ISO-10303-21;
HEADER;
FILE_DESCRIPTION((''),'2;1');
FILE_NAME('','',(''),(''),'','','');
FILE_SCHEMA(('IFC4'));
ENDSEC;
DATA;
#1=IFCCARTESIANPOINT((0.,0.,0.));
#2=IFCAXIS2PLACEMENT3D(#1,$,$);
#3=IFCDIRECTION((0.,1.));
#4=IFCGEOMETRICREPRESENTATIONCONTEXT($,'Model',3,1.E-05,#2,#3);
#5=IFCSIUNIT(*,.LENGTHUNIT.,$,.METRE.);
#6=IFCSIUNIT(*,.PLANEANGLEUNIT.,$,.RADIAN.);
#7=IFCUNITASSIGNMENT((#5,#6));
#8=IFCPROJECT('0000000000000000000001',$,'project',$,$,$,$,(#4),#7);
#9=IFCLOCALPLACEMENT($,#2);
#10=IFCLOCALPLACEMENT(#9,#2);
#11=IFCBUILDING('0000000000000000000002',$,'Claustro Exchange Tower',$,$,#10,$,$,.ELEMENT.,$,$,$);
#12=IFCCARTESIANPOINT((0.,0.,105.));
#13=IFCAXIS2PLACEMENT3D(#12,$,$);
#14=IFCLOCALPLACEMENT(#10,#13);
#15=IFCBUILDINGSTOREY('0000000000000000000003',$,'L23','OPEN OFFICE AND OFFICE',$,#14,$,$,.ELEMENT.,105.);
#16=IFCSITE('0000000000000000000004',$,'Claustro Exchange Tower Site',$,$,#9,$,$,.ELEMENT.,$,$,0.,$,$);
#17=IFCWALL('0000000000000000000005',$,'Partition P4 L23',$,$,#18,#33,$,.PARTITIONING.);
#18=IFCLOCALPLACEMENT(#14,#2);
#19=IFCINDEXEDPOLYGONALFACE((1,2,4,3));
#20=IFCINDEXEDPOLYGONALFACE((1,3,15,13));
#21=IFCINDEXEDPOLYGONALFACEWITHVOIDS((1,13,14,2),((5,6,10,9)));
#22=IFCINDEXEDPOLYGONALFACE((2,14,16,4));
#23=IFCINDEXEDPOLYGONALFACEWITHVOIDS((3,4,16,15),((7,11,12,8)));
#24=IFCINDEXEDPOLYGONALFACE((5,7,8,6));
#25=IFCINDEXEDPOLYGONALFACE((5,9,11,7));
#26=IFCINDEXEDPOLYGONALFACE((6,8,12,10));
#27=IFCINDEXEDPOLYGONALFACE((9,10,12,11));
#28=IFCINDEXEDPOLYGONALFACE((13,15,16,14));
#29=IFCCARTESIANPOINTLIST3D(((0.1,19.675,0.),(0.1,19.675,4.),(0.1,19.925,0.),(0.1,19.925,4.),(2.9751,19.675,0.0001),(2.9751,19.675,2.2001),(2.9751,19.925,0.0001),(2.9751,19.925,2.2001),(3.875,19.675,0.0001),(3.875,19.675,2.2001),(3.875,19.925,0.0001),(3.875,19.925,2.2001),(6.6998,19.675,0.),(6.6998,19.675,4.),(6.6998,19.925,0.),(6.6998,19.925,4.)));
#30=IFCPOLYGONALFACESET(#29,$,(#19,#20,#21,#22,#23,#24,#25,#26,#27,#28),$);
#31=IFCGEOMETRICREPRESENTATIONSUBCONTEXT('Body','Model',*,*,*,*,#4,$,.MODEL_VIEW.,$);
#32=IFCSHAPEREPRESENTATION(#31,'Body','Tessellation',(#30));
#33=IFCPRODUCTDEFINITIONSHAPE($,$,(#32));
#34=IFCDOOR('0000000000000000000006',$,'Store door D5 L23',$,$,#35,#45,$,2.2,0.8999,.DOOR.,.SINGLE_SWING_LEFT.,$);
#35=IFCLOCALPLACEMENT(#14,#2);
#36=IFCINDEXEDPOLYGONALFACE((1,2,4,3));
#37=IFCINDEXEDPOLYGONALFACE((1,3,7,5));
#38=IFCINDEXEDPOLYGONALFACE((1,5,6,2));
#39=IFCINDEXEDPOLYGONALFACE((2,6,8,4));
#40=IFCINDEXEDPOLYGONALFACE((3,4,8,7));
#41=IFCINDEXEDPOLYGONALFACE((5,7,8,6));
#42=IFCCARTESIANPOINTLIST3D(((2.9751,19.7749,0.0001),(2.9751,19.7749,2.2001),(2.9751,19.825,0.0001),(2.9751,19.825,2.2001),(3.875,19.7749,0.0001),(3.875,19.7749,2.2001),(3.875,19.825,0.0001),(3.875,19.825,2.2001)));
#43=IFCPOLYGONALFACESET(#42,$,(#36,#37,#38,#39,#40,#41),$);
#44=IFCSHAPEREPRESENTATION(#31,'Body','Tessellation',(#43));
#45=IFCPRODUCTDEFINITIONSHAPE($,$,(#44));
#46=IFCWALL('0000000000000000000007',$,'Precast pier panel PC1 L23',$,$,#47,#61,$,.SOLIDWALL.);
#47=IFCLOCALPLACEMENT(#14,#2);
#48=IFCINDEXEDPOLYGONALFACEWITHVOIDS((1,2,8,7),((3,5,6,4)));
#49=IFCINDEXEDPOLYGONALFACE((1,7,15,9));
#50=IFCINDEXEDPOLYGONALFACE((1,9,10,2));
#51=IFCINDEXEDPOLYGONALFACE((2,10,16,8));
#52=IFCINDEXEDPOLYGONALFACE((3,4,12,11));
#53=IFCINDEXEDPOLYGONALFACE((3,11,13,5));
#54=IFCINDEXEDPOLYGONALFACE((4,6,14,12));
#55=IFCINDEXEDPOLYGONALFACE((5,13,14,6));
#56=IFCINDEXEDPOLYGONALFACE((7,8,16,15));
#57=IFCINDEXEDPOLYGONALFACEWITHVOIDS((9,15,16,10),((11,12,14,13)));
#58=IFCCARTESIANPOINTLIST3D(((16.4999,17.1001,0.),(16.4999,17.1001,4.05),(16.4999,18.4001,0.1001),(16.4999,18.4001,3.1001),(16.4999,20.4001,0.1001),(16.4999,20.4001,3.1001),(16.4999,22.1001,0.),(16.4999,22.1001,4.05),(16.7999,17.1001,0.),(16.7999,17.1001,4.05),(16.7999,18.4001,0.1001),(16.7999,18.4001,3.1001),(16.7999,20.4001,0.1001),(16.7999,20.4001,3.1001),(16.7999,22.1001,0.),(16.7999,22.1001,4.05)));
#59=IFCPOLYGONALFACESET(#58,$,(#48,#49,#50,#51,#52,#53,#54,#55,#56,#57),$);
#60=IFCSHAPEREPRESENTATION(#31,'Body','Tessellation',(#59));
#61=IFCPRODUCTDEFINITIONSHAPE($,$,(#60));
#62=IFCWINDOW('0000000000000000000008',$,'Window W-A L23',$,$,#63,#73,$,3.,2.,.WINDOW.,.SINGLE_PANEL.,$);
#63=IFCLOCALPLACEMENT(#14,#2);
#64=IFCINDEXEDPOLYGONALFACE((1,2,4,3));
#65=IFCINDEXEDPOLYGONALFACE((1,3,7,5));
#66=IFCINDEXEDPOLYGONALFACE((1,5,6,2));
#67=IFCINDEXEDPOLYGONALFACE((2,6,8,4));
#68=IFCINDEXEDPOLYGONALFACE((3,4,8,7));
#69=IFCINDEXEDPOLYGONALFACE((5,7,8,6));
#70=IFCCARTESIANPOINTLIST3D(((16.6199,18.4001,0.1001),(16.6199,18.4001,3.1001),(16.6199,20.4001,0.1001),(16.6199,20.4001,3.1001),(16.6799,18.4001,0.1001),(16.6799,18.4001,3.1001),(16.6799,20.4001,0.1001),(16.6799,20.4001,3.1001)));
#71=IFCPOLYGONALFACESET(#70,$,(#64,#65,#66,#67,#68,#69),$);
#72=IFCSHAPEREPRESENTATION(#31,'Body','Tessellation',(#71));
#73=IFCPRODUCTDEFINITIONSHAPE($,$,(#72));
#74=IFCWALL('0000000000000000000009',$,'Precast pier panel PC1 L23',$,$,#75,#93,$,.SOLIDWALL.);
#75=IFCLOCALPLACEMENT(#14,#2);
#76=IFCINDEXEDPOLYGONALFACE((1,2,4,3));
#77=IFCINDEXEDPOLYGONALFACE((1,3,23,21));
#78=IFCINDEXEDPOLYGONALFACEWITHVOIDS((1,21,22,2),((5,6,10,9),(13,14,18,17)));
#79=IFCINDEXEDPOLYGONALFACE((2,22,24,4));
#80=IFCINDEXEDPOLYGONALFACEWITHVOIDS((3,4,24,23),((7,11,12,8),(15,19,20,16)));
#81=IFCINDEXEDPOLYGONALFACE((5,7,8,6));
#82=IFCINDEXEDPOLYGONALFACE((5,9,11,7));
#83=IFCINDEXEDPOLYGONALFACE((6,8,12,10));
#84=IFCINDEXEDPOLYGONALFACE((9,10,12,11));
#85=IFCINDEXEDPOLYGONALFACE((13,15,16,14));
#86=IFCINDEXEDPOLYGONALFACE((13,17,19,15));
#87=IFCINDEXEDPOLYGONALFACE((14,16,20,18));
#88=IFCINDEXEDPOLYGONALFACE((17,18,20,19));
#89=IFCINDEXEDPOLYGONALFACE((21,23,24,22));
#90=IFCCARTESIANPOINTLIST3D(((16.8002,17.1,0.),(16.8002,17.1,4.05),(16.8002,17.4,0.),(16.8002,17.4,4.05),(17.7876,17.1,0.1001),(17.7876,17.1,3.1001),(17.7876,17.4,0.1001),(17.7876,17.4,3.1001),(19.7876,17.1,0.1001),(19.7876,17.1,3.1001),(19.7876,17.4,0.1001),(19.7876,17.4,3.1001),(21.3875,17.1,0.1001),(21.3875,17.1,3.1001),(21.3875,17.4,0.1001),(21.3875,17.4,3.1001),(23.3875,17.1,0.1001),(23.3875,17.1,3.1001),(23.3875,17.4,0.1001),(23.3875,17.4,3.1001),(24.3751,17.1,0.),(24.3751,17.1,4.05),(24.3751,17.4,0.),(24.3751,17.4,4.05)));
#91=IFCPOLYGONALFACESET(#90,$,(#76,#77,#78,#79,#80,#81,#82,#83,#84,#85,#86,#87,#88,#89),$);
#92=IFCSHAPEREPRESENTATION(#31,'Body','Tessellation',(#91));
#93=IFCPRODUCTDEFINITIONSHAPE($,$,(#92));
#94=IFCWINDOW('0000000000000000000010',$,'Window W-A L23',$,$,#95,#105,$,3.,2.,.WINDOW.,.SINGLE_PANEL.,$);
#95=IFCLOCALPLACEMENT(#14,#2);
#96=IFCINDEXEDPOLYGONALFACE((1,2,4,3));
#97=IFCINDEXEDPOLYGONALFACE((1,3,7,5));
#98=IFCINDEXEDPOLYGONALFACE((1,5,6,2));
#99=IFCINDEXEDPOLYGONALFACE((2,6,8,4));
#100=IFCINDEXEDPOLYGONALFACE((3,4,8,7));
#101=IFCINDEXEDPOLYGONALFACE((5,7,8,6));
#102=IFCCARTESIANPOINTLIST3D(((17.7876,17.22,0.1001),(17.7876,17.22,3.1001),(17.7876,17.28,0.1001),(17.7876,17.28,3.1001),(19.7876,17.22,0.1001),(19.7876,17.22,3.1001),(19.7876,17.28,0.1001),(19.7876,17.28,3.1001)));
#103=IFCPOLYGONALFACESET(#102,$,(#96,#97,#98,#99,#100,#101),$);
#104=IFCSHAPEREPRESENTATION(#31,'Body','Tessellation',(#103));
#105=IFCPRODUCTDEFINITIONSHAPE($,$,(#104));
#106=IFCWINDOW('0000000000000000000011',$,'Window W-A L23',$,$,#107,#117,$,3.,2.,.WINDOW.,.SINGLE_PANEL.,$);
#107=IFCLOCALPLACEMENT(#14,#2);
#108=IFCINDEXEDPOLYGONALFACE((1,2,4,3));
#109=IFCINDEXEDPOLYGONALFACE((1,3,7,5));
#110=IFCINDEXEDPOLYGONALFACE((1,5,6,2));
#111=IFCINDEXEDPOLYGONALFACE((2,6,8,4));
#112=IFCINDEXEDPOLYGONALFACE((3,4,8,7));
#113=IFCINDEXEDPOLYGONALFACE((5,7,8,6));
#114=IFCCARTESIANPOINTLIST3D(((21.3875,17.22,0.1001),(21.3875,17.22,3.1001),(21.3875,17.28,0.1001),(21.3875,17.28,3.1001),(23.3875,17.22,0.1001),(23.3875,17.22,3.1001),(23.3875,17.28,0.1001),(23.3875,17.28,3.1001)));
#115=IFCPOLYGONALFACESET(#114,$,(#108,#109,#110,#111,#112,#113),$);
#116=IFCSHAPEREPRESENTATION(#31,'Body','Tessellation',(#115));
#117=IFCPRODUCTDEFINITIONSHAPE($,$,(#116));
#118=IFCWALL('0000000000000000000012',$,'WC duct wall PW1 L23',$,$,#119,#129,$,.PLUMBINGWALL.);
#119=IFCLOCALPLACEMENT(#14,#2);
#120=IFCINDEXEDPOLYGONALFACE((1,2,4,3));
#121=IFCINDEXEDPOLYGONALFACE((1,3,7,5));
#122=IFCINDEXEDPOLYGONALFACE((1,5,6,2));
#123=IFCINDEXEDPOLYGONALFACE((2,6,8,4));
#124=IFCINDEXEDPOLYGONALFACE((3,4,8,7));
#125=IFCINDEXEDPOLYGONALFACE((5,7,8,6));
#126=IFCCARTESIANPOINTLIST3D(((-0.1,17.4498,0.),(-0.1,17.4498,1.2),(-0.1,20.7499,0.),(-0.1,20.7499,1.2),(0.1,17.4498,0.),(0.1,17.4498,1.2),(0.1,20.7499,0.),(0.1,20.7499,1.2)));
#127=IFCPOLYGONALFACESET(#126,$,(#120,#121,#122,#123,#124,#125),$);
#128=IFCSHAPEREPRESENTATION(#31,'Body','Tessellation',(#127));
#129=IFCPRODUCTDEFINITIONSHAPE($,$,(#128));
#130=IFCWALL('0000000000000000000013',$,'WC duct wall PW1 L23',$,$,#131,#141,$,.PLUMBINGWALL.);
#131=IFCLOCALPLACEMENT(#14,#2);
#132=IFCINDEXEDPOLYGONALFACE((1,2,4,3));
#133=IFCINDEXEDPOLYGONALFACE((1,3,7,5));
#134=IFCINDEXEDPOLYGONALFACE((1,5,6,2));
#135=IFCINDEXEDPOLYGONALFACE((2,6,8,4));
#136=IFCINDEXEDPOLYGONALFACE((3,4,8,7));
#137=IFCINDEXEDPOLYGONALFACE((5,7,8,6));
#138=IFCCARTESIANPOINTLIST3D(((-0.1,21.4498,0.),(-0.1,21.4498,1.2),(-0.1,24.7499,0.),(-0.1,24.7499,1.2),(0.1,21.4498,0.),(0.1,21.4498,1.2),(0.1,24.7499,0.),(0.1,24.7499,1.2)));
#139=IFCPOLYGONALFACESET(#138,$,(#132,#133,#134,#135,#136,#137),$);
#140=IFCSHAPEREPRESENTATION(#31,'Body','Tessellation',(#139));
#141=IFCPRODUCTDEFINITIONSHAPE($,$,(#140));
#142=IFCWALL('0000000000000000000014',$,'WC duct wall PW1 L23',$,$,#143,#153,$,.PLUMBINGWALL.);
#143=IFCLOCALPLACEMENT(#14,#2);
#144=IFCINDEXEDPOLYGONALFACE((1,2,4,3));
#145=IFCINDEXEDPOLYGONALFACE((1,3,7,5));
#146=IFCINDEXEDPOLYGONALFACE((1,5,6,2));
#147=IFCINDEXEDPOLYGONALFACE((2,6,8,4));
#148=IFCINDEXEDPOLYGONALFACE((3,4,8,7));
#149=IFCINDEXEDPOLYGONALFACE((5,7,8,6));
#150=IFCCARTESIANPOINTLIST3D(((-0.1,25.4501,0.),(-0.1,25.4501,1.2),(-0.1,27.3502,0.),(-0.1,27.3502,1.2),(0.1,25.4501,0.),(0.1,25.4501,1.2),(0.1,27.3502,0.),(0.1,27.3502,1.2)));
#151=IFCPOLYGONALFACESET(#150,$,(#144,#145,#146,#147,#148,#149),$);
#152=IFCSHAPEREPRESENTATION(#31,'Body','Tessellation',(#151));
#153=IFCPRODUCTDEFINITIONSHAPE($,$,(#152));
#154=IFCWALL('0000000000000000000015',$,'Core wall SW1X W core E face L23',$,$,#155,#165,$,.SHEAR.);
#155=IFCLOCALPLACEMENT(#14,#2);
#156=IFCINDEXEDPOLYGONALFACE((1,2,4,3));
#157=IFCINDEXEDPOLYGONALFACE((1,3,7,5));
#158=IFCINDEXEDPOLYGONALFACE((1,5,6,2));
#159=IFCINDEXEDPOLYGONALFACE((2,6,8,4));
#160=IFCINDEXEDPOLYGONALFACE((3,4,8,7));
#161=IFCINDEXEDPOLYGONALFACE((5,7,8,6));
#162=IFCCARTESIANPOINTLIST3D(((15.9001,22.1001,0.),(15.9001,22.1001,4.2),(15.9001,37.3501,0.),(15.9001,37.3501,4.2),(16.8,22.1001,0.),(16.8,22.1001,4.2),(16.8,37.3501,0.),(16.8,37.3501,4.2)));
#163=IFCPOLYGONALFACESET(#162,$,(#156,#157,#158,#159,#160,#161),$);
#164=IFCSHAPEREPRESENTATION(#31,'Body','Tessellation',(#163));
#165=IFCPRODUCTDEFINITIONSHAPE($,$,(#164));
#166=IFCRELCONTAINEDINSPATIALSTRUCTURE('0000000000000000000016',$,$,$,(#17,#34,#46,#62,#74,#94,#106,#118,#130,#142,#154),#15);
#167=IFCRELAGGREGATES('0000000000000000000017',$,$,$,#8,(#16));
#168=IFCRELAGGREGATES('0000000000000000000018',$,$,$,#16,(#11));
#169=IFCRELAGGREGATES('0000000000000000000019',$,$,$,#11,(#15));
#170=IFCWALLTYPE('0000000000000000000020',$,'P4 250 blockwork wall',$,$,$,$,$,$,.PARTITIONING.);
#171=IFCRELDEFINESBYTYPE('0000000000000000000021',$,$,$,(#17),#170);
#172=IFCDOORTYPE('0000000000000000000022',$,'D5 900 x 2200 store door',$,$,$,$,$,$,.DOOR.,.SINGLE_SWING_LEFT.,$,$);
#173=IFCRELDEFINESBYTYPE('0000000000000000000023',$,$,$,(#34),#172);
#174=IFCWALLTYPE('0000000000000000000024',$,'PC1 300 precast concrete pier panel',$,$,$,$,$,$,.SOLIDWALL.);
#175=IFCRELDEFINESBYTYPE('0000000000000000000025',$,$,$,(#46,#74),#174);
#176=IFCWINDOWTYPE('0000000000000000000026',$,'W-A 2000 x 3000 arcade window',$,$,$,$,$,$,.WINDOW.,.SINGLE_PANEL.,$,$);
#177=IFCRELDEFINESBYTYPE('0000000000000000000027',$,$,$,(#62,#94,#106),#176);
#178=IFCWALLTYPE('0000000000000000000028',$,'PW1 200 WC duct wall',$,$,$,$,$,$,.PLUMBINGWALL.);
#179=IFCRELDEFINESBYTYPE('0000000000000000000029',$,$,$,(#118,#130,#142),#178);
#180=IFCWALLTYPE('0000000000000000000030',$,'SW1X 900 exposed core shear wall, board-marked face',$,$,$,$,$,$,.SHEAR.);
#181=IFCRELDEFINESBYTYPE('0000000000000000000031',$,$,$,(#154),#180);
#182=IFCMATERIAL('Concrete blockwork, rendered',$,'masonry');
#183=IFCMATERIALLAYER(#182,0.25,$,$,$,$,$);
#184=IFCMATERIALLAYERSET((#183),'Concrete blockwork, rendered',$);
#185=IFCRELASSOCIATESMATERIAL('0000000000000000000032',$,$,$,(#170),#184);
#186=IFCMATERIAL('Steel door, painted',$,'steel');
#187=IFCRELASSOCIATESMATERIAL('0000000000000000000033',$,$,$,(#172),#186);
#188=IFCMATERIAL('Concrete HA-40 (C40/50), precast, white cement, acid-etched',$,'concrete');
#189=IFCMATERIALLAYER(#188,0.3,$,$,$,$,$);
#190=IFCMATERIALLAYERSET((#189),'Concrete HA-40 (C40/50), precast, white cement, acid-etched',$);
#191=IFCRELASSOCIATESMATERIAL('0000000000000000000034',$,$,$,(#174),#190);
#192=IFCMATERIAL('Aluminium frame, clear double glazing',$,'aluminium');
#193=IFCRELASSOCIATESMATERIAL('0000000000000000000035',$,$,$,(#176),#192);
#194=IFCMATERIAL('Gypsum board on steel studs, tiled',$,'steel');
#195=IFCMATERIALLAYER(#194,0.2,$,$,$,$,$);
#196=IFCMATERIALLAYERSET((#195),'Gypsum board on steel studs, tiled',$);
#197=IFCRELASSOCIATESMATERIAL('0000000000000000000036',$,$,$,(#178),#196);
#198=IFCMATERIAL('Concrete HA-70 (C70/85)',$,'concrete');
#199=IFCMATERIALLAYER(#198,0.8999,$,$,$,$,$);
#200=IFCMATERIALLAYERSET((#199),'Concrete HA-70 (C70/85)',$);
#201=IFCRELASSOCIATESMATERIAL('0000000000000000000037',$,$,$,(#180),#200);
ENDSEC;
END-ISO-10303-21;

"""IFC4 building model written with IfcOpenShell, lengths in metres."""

from ifc_helpers import new_model, si_unit, direction, frame, frame_2d, origin, place, context, subcontext, project, spatial, rectangle, extrude, material, layer, layer_set, type_object, element, fill, save


model = new_model("IFC4")

# Units and contexts
model_context = context("Model", 3, precision=1e-05, world=origin(), true_north=direction((0.0, 1.0)))
body_context = subcontext(model_context, "Body", "Model", "MODEL_VIEW")
ifc_project = project(units=[si_unit("LENGTHUNIT", "METRE"), si_unit("PLANEANGLEUNIT", "RADIAN")], contexts=[model_context])

# Site, building, storey
site_placement = place(None, origin())
site = spatial("IfcSite", under=ifc_project, at=site_placement, Name="Claustro Exchange Tower Site", CompositionType="ELEMENT", RefElevation=0.0)
building_placement = place(site_placement, origin())
building = spatial("IfcBuilding", under=site, at=building_placement, Name="Claustro Exchange Tower", CompositionType="ELEMENT")
storey_placement = place(building_placement, frame((0.0, 0.0, 105.0)))
storey = spatial("IfcBuildingStorey", under=building, at=storey_placement, Name="L23", Description="OPEN OFFICE AND OFFICE", CompositionType="ELEMENT", Elevation=105.0)

# Wall, opening, door
ifc_material_1 = material(Name="Concrete blockwork, rendered", Category="masonry")
ifc_layer_1 = layer(ifc_material_1, 0.25)
ifc_layer_set_1 = layer_set([ifc_layer_1], Name="Concrete blockwork, rendered")
wall_type_1 = type_object("IfcWallType", Name="P4 250 blockwork wall", PredefinedType="PARTITIONING", material=ifc_layer_set_1)
ifc_material_2 = material(Name="Steel door, painted", Category="steel")
door_type_1 = type_object("IfcDoorType", Name="D5 900 x 2200 store door", OperationType="SINGLE_SWING_LEFT", PredefinedType="DOOR", material=ifc_material_2)
wall_1_placement = place(storey_placement, frame((0.1001, 19.8, 0.0), z_axis=(0.0, 0.0, 1.0), x_axis=(1.0, 0.0, 0.0)))
wall_1 = element("IfcWall", 1, at=wall_1_placement, inside=storey, type_object=wall_type_1, Name="Partition P4 L23", PredefinedType="PARTITIONING", context=body_context, shape_type="SweptSolid", body=[
    extrude(rectangle(XDim=6.5999, YDim=0.25, at=frame_2d((3.2998, 0.0))), origin(), (0.0, 0.0, 1.0), 4.0),
])
opening_1_placement = place(wall_1_placement, frame((2.875, 0.0, 0.0)))
opening_1 = element("IfcOpeningElement", 2, at=opening_1_placement, cuts=wall_1, PredefinedType="OPENING", context=body_context, shape_type="SweptSolid", body=[
    extrude(rectangle(XDim=0.8999, YDim=2.2, at=frame_2d((0.45, 1.1001))), frame((0.0, 0.135, 0.0), z_axis=(0.0, -1.0, 0.0), x_axis=(1.0, 0.0, 0.0)), (0.0, 0.0, 1.0), 0.27),
])
door_1_placement = place(opening_1_placement, origin())
door_1 = element("IfcDoor", 3, at=door_1_placement, inside=storey, type_object=door_type_1, Name="Store door D5 L23", OperationType="SINGLE_SWING_LEFT", OverallHeight=2.2, OverallWidth=0.8999, PredefinedType="DOOR", context=body_context, shape_type="SweptSolid", body=[
    extrude(rectangle(XDim=0.8999, YDim=2.2, at=frame_2d((0.45, 1.1001))), frame((0.0, 0.0249, 0.0), z_axis=(0.0, -1.0, 0.0), x_axis=(1.0, 0.0, 0.0)), (0.0, 0.0, 1.0), 0.05),
])
fill(opening_1, door_1)

# Wall, opening, window
ifc_material_3 = material(Name="Concrete HA-40 (C40/50), precast, white cement, acid-etched", Category="concrete")
ifc_layer_2 = layer(ifc_material_3, 0.3)
ifc_layer_set_2 = layer_set([ifc_layer_2], Name="Concrete HA-40 (C40/50), precast, white cement, acid-etched")
wall_type_2 = type_object("IfcWallType", Name="PC1 300 precast concrete pier panel", PredefinedType="SOLIDWALL", material=ifc_layer_set_2)
wall_2_placement = place(storey_placement, frame((16.6499, 17.1001, 0.0), z_axis=(0.0, 0.0, 1.0), x_axis=(0.0, 1.0, 0.0)))
wall_2 = element("IfcWall", 4, at=wall_2_placement, inside=storey, type_object=wall_type_2, Name="Precast pier panel PC1 L23", PredefinedType="SOLIDWALL", context=body_context, shape_type="SweptSolid", body=[
    extrude(rectangle(XDim=5.0, YDim=0.3, at=frame_2d((2.5, 0.0))), origin(), (0.0, 0.0, 1.0), 4.05),
])
opening_2_placement = place(wall_2_placement, frame((1.3, 0.0, 0.1001)))
opening_2 = element("IfcOpeningElement", 5, at=opening_2_placement, cuts=wall_2, PredefinedType="OPENING", context=body_context, shape_type="SweptSolid", body=[
    extrude(rectangle(XDim=2.0, YDim=3.0, at=frame_2d((1.0, 1.5))), frame((0.0, 0.1599, 0.0), z_axis=(0.0, -1.0, 0.0), x_axis=(1.0, 0.0, 0.0)), (0.0, 0.0, 1.0), 0.3201),
])
ifc_material_4 = material(Name="Aluminium frame, clear double glazing", Category="aluminium")
window_type = type_object("IfcWindowType", Name="W-A 2000 x 3000 arcade window", PartitioningType="SINGLE_PANEL", PredefinedType="WINDOW", material=ifc_material_4)
window_1_placement = place(opening_2_placement, origin())
window_1 = element("IfcWindow", 6, at=window_1_placement, inside=storey, type_object=window_type, Name="Window W-A L23", OverallHeight=3.0, OverallWidth=2.0, PartitioningType="SINGLE_PANEL", PredefinedType="WINDOW", context=body_context, shape_type="SweptSolid", body=[
    extrude(rectangle(XDim=2.0, YDim=3.0, at=frame_2d((1.0, 1.5))), frame((0.0, 0.03, 0.0), z_axis=(0.0, -1.0, 0.0), x_axis=(1.0, 0.0, 0.0)), (0.0, 0.0, 1.0), 0.0601),
])
fill(opening_2, window_1)

# Wall, openings, windows
wall_3_placement = place(storey_placement, frame((16.8, 17.25, 0.0), z_axis=(0.0, 0.0, 1.0), x_axis=(1.0, 0.0, 0.0)))
wall_3 = element("IfcWall", 7, at=wall_3_placement, inside=storey, type_object=wall_type_2, Name="Precast pier panel PC1 L23", PredefinedType="SOLIDWALL", context=body_context, shape_type="SweptSolid", body=[
    extrude(rectangle(XDim=7.575, YDim=0.3, at=frame_2d((3.7876, 0.0))), origin(), (0.0, 0.0, 1.0), 4.05),
])
opening_3_placement = place(wall_3_placement, frame((0.9875, 0.0, 0.1001)))
opening_3 = element("IfcOpeningElement", 8, at=opening_3_placement, cuts=wall_3, PredefinedType="OPENING", context=body_context, shape_type="SweptSolid", body=[
    extrude(rectangle(XDim=2.0, YDim=3.0, at=frame_2d((1.0, 1.5))), frame((0.0, 0.1599, 0.0), z_axis=(0.0, -1.0, 0.0), x_axis=(1.0, 0.0, 0.0)), (0.0, 0.0, 1.0), 0.3201),
])
opening_4_placement = place(wall_3_placement, frame((4.5874, 0.0, 0.1001)))
opening_4 = element("IfcOpeningElement", 9, at=opening_4_placement, cuts=wall_3, PredefinedType="OPENING", context=body_context, shape_type="SweptSolid", body=[
    extrude(rectangle(XDim=2.0, YDim=3.0, at=frame_2d((1.0, 1.5))), frame((0.0, 0.1599, 0.0), z_axis=(0.0, -1.0, 0.0), x_axis=(1.0, 0.0, 0.0)), (0.0, 0.0, 1.0), 0.3201),
])
window_2_placement = place(opening_3_placement, origin())
window_2 = element("IfcWindow", 10, at=window_2_placement, inside=storey, type_object=window_type, Name="Window W-A L23", OverallHeight=3.0, OverallWidth=2.0, PartitioningType="SINGLE_PANEL", PredefinedType="WINDOW", context=body_context, shape_type="SweptSolid", body=[
    extrude(rectangle(XDim=2.0, YDim=3.0, at=frame_2d((1.0, 1.5))), frame((0.0, 0.03, 0.0), z_axis=(0.0, -1.0, 0.0), x_axis=(1.0, 0.0, 0.0)), (0.0, 0.0, 1.0), 0.0601),
])
fill(opening_3, window_2)
window_3_placement = place(opening_4_placement, origin())
window_3 = element("IfcWindow", 11, at=window_3_placement, inside=storey, type_object=window_type, Name="Window W-A L23", OverallHeight=3.0, OverallWidth=2.0, PartitioningType="SINGLE_PANEL", PredefinedType="WINDOW", context=body_context, shape_type="SweptSolid", body=[
    extrude(rectangle(XDim=2.0, YDim=3.0, at=frame_2d((1.0, 1.5))), frame((0.0, 0.03, 0.0), z_axis=(0.0, -1.0, 0.0), x_axis=(1.0, 0.0, 0.0)), (0.0, 0.0, 1.0), 0.0601),
])
fill(opening_4, window_3)

# Walls
ifc_material_5 = material(Name="Gypsum board on steel studs, tiled", Category="steel")
ifc_layer_3 = layer(ifc_material_5, 0.2)
ifc_layer_set_3 = layer_set([ifc_layer_3], Name="Gypsum board on steel studs, tiled")
wall_type_3 = type_object("IfcWallType", Name="PW1 200 WC duct wall", PredefinedType="PLUMBINGWALL", material=ifc_layer_set_3)
for number, where, z_axis, x_axis, name in (
    (12, (0.0, 17.45, 0.0), (0.0, 0.0, 1.0), (0.0, 1.0, 0.0), "WC duct wall PW1 L23"),
    (13, (0.0, 21.45, 0.0), (0.0, 0.0, 1.0), (0.0, 1.0, 0.0), "WC duct wall PW1 L23"),
):
    element("IfcWall", number, at=place(storey_placement, frame(where, z_axis=z_axis, x_axis=x_axis)), inside=storey, type_object=wall_type_3, Name=name, PredefinedType="PLUMBINGWALL", context=body_context, shape_type="SweptSolid", body=[
        extrude(rectangle(XDim=3.3, YDim=0.2, at=frame_2d((1.6499, 0.0))), origin(), (0.0, 0.0, 1.0), 1.2),
    ])
wall_4_placement = place(storey_placement, frame((0.0, 25.45, 0.0), z_axis=(0.0, 0.0, 1.0), x_axis=(0.0, 1.0, 0.0)))
element("IfcWall", 14, at=wall_4_placement, inside=storey, type_object=wall_type_3, Name="WC duct wall PW1 L23", PredefinedType="PLUMBINGWALL", context=body_context, shape_type="SweptSolid", body=[
    extrude(rectangle(XDim=1.9001, YDim=0.2, at=frame_2d((0.9502, 0.0))), origin(), (0.0, 0.0, 1.0), 1.2),
])
ifc_material_6 = material(Name="Concrete HA-70 (C70/85)", Category="concrete")
ifc_layer_4 = layer(ifc_material_6, 0.8999)
ifc_layer_set_4 = layer_set([ifc_layer_4], Name="Concrete HA-70 (C70/85)")
wall_type_4 = type_object("IfcWallType", Name="SW1X 900 exposed core shear wall, board-marked face", PredefinedType="SHEAR", material=ifc_layer_set_4)
wall_5_placement = place(storey_placement, frame((16.3501, 22.1001, 0.0), z_axis=(0.0, 0.0, 1.0), x_axis=(0.0, 1.0, 0.0)))
element("IfcWall", 15, at=wall_5_placement, inside=storey, type_object=wall_type_4, Name="Core wall SW1X W core E face L23", PredefinedType="SHEAR", context=body_context, shape_type="SweptSolid", body=[
    extrude(rectangle(XDim=15.25, YDim=0.8999, at=frame_2d((7.625, 0.0))), origin(), (0.0, 0.0, 1.0), 4.2),
])

save(model, "model.ifc")
